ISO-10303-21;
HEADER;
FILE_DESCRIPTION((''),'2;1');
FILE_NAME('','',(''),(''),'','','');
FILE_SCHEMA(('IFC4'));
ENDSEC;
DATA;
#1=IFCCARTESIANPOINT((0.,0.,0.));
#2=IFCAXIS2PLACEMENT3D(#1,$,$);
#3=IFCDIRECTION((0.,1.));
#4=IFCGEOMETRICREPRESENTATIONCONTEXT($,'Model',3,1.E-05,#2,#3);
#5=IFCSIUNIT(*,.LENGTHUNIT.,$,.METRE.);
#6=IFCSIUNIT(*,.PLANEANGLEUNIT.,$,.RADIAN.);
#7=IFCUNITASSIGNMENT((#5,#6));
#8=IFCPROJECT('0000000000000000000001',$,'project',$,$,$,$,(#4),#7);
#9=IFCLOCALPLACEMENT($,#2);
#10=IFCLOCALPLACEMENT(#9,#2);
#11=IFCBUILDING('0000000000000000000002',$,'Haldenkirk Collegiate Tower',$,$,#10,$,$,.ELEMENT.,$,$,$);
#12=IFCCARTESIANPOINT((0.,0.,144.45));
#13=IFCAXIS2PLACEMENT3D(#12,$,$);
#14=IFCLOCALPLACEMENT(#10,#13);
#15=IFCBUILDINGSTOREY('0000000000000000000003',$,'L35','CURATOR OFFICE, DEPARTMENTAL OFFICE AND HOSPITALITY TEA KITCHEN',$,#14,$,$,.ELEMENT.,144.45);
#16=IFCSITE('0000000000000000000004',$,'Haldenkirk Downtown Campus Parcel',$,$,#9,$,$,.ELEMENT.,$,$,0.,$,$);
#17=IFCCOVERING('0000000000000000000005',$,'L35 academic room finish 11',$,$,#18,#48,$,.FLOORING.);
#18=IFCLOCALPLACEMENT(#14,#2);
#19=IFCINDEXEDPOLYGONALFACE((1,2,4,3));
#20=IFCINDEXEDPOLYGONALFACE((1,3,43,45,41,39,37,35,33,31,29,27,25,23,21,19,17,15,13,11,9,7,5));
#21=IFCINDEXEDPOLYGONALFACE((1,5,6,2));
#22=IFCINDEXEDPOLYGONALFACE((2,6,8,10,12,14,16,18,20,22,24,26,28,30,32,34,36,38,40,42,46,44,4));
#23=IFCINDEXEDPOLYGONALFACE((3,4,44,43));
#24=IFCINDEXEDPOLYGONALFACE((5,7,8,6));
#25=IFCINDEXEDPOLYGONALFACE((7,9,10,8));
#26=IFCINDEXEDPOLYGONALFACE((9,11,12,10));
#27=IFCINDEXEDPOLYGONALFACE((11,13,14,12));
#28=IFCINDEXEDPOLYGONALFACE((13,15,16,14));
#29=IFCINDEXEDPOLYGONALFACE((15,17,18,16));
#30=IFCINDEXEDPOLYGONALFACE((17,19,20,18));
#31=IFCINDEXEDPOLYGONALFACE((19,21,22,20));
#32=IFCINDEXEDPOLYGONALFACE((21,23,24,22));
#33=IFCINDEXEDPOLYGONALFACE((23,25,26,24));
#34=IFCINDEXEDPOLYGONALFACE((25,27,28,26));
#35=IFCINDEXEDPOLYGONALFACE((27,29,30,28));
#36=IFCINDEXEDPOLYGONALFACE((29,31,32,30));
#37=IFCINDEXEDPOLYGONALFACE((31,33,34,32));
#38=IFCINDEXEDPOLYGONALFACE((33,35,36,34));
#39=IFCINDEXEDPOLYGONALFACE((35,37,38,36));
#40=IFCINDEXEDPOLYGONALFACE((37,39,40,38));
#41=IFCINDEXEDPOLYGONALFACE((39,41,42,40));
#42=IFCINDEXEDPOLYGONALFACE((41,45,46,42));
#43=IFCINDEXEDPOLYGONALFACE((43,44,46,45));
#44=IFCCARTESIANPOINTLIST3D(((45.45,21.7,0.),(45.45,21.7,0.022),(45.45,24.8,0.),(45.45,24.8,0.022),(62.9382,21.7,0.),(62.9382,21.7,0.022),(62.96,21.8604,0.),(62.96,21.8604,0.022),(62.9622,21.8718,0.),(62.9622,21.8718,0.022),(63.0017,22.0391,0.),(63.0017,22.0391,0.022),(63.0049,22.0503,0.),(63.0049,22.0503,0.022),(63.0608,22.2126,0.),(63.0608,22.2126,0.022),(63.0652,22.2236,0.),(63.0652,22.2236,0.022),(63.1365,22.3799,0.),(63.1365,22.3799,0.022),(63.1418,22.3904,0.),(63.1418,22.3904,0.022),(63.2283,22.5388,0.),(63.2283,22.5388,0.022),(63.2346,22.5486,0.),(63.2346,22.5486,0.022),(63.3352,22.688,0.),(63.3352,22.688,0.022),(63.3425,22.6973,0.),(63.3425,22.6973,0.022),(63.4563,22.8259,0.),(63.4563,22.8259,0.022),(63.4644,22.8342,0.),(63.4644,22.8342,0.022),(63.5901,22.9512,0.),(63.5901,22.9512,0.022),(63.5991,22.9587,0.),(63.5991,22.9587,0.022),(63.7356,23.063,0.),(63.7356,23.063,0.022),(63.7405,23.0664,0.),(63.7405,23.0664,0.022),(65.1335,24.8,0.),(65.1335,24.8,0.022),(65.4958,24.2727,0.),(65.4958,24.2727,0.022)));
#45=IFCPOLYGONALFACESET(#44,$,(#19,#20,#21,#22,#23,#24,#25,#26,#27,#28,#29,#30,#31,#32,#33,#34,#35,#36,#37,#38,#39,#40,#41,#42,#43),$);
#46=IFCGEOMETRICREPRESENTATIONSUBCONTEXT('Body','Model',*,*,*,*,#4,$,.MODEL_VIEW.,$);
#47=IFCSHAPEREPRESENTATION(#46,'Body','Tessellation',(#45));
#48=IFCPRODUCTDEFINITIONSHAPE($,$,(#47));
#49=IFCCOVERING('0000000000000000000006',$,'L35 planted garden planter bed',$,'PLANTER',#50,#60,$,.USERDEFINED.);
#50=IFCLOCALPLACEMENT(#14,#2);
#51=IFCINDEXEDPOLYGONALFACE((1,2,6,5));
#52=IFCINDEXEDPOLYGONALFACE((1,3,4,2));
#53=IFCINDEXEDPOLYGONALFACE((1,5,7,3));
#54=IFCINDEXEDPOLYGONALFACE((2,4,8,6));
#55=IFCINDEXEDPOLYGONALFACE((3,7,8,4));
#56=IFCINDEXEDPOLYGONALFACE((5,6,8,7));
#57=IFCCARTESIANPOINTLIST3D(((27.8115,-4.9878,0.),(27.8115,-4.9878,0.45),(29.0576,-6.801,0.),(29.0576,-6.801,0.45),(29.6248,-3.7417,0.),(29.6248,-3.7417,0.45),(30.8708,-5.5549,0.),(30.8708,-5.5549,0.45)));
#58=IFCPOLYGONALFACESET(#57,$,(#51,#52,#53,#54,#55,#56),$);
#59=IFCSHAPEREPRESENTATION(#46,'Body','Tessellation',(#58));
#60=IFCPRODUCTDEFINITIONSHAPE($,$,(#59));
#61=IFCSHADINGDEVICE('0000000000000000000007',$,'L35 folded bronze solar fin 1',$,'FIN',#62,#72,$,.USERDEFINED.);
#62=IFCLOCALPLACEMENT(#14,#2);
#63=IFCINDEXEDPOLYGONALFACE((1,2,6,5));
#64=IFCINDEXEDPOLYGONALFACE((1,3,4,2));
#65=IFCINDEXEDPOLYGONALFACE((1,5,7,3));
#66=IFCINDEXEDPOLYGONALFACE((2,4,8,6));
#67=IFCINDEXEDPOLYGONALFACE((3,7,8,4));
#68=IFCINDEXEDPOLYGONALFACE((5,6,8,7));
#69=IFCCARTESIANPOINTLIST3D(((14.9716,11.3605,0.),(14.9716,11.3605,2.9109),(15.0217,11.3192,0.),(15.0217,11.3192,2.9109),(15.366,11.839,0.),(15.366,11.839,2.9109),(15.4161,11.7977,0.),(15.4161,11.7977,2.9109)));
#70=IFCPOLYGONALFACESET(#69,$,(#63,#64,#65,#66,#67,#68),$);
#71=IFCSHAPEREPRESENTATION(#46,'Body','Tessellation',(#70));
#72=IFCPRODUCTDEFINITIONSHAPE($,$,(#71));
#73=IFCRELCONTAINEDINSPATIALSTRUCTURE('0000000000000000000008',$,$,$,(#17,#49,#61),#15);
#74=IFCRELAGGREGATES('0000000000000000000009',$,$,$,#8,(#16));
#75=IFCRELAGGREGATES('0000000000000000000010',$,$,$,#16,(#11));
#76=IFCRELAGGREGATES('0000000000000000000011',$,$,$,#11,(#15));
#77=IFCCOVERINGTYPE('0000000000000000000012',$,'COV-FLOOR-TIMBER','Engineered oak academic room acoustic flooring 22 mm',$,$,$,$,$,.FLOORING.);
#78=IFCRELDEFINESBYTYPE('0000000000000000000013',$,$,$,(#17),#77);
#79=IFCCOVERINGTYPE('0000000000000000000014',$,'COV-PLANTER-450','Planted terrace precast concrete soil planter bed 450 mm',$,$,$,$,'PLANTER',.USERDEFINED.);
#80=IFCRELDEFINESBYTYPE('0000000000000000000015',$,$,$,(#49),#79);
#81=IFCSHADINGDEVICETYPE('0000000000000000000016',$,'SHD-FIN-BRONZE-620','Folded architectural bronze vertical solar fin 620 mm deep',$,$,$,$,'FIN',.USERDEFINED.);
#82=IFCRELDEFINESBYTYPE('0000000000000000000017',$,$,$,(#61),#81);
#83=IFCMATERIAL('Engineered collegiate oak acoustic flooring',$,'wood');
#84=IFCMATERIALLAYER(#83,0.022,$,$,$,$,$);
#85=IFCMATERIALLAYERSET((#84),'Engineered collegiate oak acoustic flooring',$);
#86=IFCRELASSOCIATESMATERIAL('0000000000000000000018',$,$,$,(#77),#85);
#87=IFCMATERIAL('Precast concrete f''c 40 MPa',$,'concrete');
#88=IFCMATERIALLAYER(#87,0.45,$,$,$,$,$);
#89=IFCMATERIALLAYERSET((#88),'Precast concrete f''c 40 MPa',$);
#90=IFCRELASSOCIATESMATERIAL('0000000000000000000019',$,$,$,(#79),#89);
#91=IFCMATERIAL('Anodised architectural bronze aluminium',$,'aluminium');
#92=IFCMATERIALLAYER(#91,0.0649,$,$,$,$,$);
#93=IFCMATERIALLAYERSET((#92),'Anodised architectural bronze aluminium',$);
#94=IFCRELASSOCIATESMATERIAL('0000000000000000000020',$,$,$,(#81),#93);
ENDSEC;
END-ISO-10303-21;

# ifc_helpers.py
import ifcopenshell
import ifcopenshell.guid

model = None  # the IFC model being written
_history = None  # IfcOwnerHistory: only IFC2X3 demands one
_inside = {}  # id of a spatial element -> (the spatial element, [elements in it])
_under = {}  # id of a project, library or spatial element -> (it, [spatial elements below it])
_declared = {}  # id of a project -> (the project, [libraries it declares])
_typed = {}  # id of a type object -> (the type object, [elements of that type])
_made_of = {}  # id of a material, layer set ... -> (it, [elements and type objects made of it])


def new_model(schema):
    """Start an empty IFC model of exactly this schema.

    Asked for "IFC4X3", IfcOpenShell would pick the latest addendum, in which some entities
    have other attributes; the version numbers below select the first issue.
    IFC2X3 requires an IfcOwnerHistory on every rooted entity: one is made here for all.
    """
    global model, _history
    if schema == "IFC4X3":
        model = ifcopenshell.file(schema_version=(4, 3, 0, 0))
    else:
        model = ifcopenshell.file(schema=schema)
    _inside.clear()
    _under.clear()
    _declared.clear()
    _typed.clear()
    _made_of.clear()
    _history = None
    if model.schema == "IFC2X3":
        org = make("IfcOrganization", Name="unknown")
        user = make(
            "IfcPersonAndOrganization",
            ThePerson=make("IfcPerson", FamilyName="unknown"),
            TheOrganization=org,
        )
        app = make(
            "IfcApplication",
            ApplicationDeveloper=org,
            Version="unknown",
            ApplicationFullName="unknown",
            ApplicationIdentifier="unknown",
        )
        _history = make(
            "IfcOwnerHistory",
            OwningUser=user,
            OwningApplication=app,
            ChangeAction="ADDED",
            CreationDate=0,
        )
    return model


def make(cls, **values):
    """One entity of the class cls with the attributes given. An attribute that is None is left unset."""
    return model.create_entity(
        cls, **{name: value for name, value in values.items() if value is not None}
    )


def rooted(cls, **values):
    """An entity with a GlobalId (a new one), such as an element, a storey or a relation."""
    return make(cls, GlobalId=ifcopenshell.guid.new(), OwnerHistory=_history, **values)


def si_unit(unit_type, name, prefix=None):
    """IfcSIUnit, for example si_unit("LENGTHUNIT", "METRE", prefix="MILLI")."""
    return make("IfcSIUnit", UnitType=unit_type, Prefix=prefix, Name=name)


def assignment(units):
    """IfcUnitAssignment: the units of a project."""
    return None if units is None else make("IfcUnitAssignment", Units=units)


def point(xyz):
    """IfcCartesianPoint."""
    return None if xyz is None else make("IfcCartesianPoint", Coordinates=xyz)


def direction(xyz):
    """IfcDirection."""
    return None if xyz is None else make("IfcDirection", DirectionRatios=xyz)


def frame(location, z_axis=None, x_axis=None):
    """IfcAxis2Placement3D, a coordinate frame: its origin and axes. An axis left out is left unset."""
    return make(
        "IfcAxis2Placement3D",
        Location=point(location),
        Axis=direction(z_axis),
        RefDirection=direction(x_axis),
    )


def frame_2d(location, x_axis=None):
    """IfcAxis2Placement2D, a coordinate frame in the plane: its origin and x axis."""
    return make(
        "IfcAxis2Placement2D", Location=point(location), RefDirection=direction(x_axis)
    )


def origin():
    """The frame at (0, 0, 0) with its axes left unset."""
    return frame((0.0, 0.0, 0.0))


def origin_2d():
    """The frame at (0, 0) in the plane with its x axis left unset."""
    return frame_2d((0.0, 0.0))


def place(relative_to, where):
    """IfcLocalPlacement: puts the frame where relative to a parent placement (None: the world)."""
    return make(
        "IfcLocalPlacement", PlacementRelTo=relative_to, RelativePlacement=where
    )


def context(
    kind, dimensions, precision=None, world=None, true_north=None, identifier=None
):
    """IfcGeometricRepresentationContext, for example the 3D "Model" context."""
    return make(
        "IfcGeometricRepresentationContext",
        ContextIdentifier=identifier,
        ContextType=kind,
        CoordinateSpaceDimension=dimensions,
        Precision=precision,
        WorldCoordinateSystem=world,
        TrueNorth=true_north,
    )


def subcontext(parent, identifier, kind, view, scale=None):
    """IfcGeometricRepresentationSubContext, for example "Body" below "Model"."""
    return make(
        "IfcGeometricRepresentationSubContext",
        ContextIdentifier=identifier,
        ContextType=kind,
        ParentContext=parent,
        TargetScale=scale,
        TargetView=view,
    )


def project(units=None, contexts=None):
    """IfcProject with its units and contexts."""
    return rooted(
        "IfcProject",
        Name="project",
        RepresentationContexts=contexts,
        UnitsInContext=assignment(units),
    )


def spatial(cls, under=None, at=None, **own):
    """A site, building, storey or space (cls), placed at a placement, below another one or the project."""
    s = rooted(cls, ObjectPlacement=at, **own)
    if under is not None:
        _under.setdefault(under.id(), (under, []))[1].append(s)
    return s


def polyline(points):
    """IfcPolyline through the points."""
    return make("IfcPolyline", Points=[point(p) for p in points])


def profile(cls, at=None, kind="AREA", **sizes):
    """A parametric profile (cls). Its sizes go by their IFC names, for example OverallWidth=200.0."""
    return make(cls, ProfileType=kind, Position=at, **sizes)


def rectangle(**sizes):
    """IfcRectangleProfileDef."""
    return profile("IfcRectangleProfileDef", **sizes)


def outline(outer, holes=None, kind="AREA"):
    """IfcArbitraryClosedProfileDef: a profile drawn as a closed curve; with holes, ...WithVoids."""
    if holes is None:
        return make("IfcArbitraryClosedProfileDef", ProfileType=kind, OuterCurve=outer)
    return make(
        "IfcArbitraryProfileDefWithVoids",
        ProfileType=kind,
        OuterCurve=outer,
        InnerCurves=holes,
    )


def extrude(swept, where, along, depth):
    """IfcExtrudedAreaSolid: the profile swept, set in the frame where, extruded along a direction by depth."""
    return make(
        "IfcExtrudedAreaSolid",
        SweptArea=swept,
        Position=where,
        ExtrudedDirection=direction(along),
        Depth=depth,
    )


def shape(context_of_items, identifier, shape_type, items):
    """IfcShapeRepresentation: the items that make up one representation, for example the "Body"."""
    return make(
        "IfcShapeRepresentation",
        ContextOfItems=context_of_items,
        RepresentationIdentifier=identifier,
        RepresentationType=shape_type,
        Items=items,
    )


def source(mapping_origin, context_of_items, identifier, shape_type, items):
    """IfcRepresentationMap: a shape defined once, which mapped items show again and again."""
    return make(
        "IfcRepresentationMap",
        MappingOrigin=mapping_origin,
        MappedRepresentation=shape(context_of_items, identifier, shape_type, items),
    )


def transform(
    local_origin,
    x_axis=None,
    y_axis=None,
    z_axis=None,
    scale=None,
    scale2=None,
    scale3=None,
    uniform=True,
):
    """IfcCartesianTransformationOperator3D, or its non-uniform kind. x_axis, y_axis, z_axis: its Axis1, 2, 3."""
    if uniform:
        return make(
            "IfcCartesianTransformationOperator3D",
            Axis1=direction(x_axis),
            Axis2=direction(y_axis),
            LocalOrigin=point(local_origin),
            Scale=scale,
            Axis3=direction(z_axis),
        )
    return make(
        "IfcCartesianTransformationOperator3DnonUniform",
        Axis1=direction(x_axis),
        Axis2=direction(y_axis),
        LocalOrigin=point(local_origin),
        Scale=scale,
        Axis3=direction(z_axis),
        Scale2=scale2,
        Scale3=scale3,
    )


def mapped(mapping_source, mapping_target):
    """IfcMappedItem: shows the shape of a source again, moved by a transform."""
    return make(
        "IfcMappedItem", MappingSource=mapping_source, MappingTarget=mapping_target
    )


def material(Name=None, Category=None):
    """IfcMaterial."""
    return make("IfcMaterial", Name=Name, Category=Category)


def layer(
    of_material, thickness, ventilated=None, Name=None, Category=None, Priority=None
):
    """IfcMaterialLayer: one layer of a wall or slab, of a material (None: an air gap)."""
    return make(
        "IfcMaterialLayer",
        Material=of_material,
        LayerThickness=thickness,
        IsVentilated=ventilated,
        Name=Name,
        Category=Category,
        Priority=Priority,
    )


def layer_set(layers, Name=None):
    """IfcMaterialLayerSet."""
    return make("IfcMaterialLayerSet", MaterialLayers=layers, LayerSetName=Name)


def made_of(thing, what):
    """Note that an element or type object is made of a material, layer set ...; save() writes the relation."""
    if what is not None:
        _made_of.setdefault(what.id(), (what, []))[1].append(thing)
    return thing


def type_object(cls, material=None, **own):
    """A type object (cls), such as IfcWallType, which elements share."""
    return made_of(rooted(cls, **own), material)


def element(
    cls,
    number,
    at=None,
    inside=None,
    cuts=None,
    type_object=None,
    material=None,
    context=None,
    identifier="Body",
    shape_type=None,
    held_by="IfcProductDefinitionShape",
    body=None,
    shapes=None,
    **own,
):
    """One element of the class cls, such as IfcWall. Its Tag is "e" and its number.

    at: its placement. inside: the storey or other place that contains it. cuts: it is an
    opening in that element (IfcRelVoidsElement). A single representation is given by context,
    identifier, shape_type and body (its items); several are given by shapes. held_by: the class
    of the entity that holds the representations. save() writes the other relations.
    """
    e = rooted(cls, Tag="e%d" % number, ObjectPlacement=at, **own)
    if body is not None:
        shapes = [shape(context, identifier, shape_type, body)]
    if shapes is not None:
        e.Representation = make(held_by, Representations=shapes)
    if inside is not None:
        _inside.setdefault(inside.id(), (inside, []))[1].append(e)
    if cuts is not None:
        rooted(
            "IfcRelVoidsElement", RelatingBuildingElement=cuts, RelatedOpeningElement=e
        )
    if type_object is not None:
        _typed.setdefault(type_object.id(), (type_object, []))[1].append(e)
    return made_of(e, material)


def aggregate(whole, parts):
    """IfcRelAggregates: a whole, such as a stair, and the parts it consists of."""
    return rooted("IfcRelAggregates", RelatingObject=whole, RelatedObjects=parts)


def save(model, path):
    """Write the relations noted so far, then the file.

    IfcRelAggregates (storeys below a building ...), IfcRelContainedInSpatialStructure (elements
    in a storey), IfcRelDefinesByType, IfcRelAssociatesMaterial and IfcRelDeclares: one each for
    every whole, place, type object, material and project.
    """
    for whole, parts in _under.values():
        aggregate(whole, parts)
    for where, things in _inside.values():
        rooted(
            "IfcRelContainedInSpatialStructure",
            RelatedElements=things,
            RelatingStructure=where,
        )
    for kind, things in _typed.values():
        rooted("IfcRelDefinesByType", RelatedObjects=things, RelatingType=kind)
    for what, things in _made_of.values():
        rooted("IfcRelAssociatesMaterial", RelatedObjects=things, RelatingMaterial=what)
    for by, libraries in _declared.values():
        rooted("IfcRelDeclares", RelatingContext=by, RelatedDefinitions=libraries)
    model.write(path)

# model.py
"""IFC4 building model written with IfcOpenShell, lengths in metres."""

from ifc_helpers import new_model, si_unit, direction, frame, origin, origin_2d, place, context, subcontext, project, spatial, polyline, rectangle, outline, extrude, source, transform, mapped, material, layer, layer_set, type_object, element, save


model = new_model("IFC4")

# Units and contexts
model_context = context("Model", 3, precision=1e-05, world=origin(), true_north=direction((0.0, 1.0)))
body_context = subcontext(model_context, "Body", "Model", "MODEL_VIEW")
ifc_project = project(units=[si_unit("LENGTHUNIT", "METRE"), si_unit("PLANEANGLEUNIT", "RADIAN")], contexts=[model_context])

# Site, building, storey
site_placement = place(None, origin())
site = spatial("IfcSite", under=ifc_project, at=site_placement, Name="Haldenkirk Downtown Campus Parcel", CompositionType="ELEMENT", RefElevation=0.0)
building_placement = place(site_placement, origin())
building = spatial("IfcBuilding", under=site, at=building_placement, Name="Haldenkirk Collegiate Tower", CompositionType="ELEMENT")
storey_placement = place(building_placement, frame((0.0, 0.0, 144.45)))
storey = spatial("IfcBuildingStorey", under=building, at=storey_placement, Name="L35", Description="CURATOR OFFICE, DEPARTMENTAL OFFICE AND HOSPITALITY TEA KITCHEN", CompositionType="ELEMENT", Elevation=144.45)

# Shared definitions
ifc_material_1 = material(Name="Anodised architectural bronze aluminium", Category="aluminium")

# Coverings
ifc_material_2 = material(Name="Engineered collegiate oak acoustic flooring", Category="wood")
ifc_layer_1 = layer(ifc_material_2, 0.022)
ifc_layer_set_1 = layer_set([ifc_layer_1], Name="Engineered collegiate oak acoustic flooring")
covering_type_1 = type_object("IfcCoveringType", Name="COV-FLOOR-TIMBER", Description="Engineered oak academic room acoustic flooring 22 mm", PredefinedType="FLOORING", material=ifc_layer_set_1)
covering_1_placement = place(storey_placement, origin())
element("IfcCovering", 1, at=covering_1_placement, inside=storey, type_object=covering_type_1, Name="L35 academic room finish 11", PredefinedType="FLOORING", context=body_context, shape_type="SweptSolid", body=[
    extrude(outline(polyline([(62.9382, 21.7), (45.45, 21.7), (45.45, 24.8), (65.1335, 24.8), (65.4958, 24.2727), (63.7405, 23.0664), (63.7356, 23.063), (63.5991, 22.9587), (63.5901, 22.9512), (63.4644, 22.8342), (63.4563, 22.8259), (63.3425, 22.6973), (63.3352, 22.688), (63.2346, 22.5486), (63.2283, 22.5388), (63.1418, 22.3904), (63.1365, 22.3799), (63.0652, 22.2236), (63.0608, 22.2126), (63.0049, 22.0503), (63.0017, 22.0391), (62.9622, 21.8718), (62.96, 21.8604), (62.9382, 21.7)])), origin(), (0.0, 0.0, 1.0), 0.022),
])
ifc_material_3 = material(Name="Precast concrete f'c 40 MPa", Category="concrete")
ifc_layer_2 = layer(ifc_material_3, 0.45)
ifc_layer_set_2 = layer_set([ifc_layer_2], Name="Precast concrete f'c 40 MPa")
covering_type_2 = type_object("IfcCoveringType", Name="COV-PLANTER-450", Description="Planted terrace precast concrete soil planter bed 450 mm", ElementType="PLANTER", PredefinedType="USERDEFINED", material=ifc_layer_set_2)
covering_2_placement = place(storey_placement, origin())
element("IfcCovering", 2, at=covering_2_placement, inside=storey, type_object=covering_type_2, Name="L35 planted garden planter bed", ObjectType="PLANTER", PredefinedType="USERDEFINED", context=body_context, shape_type="SweptSolid", body=[
    extrude(outline(polyline([(29.0576, -6.801), (27.8115, -4.9878), (29.6248, -3.7417), (30.8708, -5.5549), (29.0576, -6.801)])), origin(), (0.0, 0.0, 1.0), 0.45),
])

# Shading device
ifc_layer_3 = layer(ifc_material_1, 0.0649)
ifc_layer_set_3 = layer_set([ifc_layer_3], Name="Anodised architectural bronze aluminium")
shading_device_type = type_object("IfcShadingDeviceType", Name="SHD-FIN-BRONZE-620", Description="Folded architectural bronze vertical solar fin 620 mm deep", ElementType="FIN", PredefinedType="USERDEFINED", material=ifc_layer_set_3)
shared_shape_1 = source(origin(), body_context, "Body", "SweptSolid", [
    extrude(rectangle(XDim=0.6201, YDim=0.0649, at=origin_2d()), origin(), (0.0, 0.0, 1.0), 2.9109),
])
shading_device_placement = place(storey_placement, frame((15.1938, 11.5791, 0.0), z_axis=(0.0, 0.0, 1.0), x_axis=(-0.636078, -0.771625, 0.0)))
element("IfcShadingDevice", 3, at=shading_device_placement, inside=storey, type_object=shading_device_type, Name="L35 folded bronze solar fin 1", ObjectType="FIN", PredefinedType="USERDEFINED", context=body_context, shape_type="MappedRepresentation", body=[
    mapped(shared_shape_1, transform((0.0, 0.0, 0.0), x_axis=(1.0, 0.0, 0.0), y_axis=(0.0, 1.0, 0.0), z_axis=(0.0, 0.0, 1.0), scale=1.0)),
])

save(model, "model.ifc")
